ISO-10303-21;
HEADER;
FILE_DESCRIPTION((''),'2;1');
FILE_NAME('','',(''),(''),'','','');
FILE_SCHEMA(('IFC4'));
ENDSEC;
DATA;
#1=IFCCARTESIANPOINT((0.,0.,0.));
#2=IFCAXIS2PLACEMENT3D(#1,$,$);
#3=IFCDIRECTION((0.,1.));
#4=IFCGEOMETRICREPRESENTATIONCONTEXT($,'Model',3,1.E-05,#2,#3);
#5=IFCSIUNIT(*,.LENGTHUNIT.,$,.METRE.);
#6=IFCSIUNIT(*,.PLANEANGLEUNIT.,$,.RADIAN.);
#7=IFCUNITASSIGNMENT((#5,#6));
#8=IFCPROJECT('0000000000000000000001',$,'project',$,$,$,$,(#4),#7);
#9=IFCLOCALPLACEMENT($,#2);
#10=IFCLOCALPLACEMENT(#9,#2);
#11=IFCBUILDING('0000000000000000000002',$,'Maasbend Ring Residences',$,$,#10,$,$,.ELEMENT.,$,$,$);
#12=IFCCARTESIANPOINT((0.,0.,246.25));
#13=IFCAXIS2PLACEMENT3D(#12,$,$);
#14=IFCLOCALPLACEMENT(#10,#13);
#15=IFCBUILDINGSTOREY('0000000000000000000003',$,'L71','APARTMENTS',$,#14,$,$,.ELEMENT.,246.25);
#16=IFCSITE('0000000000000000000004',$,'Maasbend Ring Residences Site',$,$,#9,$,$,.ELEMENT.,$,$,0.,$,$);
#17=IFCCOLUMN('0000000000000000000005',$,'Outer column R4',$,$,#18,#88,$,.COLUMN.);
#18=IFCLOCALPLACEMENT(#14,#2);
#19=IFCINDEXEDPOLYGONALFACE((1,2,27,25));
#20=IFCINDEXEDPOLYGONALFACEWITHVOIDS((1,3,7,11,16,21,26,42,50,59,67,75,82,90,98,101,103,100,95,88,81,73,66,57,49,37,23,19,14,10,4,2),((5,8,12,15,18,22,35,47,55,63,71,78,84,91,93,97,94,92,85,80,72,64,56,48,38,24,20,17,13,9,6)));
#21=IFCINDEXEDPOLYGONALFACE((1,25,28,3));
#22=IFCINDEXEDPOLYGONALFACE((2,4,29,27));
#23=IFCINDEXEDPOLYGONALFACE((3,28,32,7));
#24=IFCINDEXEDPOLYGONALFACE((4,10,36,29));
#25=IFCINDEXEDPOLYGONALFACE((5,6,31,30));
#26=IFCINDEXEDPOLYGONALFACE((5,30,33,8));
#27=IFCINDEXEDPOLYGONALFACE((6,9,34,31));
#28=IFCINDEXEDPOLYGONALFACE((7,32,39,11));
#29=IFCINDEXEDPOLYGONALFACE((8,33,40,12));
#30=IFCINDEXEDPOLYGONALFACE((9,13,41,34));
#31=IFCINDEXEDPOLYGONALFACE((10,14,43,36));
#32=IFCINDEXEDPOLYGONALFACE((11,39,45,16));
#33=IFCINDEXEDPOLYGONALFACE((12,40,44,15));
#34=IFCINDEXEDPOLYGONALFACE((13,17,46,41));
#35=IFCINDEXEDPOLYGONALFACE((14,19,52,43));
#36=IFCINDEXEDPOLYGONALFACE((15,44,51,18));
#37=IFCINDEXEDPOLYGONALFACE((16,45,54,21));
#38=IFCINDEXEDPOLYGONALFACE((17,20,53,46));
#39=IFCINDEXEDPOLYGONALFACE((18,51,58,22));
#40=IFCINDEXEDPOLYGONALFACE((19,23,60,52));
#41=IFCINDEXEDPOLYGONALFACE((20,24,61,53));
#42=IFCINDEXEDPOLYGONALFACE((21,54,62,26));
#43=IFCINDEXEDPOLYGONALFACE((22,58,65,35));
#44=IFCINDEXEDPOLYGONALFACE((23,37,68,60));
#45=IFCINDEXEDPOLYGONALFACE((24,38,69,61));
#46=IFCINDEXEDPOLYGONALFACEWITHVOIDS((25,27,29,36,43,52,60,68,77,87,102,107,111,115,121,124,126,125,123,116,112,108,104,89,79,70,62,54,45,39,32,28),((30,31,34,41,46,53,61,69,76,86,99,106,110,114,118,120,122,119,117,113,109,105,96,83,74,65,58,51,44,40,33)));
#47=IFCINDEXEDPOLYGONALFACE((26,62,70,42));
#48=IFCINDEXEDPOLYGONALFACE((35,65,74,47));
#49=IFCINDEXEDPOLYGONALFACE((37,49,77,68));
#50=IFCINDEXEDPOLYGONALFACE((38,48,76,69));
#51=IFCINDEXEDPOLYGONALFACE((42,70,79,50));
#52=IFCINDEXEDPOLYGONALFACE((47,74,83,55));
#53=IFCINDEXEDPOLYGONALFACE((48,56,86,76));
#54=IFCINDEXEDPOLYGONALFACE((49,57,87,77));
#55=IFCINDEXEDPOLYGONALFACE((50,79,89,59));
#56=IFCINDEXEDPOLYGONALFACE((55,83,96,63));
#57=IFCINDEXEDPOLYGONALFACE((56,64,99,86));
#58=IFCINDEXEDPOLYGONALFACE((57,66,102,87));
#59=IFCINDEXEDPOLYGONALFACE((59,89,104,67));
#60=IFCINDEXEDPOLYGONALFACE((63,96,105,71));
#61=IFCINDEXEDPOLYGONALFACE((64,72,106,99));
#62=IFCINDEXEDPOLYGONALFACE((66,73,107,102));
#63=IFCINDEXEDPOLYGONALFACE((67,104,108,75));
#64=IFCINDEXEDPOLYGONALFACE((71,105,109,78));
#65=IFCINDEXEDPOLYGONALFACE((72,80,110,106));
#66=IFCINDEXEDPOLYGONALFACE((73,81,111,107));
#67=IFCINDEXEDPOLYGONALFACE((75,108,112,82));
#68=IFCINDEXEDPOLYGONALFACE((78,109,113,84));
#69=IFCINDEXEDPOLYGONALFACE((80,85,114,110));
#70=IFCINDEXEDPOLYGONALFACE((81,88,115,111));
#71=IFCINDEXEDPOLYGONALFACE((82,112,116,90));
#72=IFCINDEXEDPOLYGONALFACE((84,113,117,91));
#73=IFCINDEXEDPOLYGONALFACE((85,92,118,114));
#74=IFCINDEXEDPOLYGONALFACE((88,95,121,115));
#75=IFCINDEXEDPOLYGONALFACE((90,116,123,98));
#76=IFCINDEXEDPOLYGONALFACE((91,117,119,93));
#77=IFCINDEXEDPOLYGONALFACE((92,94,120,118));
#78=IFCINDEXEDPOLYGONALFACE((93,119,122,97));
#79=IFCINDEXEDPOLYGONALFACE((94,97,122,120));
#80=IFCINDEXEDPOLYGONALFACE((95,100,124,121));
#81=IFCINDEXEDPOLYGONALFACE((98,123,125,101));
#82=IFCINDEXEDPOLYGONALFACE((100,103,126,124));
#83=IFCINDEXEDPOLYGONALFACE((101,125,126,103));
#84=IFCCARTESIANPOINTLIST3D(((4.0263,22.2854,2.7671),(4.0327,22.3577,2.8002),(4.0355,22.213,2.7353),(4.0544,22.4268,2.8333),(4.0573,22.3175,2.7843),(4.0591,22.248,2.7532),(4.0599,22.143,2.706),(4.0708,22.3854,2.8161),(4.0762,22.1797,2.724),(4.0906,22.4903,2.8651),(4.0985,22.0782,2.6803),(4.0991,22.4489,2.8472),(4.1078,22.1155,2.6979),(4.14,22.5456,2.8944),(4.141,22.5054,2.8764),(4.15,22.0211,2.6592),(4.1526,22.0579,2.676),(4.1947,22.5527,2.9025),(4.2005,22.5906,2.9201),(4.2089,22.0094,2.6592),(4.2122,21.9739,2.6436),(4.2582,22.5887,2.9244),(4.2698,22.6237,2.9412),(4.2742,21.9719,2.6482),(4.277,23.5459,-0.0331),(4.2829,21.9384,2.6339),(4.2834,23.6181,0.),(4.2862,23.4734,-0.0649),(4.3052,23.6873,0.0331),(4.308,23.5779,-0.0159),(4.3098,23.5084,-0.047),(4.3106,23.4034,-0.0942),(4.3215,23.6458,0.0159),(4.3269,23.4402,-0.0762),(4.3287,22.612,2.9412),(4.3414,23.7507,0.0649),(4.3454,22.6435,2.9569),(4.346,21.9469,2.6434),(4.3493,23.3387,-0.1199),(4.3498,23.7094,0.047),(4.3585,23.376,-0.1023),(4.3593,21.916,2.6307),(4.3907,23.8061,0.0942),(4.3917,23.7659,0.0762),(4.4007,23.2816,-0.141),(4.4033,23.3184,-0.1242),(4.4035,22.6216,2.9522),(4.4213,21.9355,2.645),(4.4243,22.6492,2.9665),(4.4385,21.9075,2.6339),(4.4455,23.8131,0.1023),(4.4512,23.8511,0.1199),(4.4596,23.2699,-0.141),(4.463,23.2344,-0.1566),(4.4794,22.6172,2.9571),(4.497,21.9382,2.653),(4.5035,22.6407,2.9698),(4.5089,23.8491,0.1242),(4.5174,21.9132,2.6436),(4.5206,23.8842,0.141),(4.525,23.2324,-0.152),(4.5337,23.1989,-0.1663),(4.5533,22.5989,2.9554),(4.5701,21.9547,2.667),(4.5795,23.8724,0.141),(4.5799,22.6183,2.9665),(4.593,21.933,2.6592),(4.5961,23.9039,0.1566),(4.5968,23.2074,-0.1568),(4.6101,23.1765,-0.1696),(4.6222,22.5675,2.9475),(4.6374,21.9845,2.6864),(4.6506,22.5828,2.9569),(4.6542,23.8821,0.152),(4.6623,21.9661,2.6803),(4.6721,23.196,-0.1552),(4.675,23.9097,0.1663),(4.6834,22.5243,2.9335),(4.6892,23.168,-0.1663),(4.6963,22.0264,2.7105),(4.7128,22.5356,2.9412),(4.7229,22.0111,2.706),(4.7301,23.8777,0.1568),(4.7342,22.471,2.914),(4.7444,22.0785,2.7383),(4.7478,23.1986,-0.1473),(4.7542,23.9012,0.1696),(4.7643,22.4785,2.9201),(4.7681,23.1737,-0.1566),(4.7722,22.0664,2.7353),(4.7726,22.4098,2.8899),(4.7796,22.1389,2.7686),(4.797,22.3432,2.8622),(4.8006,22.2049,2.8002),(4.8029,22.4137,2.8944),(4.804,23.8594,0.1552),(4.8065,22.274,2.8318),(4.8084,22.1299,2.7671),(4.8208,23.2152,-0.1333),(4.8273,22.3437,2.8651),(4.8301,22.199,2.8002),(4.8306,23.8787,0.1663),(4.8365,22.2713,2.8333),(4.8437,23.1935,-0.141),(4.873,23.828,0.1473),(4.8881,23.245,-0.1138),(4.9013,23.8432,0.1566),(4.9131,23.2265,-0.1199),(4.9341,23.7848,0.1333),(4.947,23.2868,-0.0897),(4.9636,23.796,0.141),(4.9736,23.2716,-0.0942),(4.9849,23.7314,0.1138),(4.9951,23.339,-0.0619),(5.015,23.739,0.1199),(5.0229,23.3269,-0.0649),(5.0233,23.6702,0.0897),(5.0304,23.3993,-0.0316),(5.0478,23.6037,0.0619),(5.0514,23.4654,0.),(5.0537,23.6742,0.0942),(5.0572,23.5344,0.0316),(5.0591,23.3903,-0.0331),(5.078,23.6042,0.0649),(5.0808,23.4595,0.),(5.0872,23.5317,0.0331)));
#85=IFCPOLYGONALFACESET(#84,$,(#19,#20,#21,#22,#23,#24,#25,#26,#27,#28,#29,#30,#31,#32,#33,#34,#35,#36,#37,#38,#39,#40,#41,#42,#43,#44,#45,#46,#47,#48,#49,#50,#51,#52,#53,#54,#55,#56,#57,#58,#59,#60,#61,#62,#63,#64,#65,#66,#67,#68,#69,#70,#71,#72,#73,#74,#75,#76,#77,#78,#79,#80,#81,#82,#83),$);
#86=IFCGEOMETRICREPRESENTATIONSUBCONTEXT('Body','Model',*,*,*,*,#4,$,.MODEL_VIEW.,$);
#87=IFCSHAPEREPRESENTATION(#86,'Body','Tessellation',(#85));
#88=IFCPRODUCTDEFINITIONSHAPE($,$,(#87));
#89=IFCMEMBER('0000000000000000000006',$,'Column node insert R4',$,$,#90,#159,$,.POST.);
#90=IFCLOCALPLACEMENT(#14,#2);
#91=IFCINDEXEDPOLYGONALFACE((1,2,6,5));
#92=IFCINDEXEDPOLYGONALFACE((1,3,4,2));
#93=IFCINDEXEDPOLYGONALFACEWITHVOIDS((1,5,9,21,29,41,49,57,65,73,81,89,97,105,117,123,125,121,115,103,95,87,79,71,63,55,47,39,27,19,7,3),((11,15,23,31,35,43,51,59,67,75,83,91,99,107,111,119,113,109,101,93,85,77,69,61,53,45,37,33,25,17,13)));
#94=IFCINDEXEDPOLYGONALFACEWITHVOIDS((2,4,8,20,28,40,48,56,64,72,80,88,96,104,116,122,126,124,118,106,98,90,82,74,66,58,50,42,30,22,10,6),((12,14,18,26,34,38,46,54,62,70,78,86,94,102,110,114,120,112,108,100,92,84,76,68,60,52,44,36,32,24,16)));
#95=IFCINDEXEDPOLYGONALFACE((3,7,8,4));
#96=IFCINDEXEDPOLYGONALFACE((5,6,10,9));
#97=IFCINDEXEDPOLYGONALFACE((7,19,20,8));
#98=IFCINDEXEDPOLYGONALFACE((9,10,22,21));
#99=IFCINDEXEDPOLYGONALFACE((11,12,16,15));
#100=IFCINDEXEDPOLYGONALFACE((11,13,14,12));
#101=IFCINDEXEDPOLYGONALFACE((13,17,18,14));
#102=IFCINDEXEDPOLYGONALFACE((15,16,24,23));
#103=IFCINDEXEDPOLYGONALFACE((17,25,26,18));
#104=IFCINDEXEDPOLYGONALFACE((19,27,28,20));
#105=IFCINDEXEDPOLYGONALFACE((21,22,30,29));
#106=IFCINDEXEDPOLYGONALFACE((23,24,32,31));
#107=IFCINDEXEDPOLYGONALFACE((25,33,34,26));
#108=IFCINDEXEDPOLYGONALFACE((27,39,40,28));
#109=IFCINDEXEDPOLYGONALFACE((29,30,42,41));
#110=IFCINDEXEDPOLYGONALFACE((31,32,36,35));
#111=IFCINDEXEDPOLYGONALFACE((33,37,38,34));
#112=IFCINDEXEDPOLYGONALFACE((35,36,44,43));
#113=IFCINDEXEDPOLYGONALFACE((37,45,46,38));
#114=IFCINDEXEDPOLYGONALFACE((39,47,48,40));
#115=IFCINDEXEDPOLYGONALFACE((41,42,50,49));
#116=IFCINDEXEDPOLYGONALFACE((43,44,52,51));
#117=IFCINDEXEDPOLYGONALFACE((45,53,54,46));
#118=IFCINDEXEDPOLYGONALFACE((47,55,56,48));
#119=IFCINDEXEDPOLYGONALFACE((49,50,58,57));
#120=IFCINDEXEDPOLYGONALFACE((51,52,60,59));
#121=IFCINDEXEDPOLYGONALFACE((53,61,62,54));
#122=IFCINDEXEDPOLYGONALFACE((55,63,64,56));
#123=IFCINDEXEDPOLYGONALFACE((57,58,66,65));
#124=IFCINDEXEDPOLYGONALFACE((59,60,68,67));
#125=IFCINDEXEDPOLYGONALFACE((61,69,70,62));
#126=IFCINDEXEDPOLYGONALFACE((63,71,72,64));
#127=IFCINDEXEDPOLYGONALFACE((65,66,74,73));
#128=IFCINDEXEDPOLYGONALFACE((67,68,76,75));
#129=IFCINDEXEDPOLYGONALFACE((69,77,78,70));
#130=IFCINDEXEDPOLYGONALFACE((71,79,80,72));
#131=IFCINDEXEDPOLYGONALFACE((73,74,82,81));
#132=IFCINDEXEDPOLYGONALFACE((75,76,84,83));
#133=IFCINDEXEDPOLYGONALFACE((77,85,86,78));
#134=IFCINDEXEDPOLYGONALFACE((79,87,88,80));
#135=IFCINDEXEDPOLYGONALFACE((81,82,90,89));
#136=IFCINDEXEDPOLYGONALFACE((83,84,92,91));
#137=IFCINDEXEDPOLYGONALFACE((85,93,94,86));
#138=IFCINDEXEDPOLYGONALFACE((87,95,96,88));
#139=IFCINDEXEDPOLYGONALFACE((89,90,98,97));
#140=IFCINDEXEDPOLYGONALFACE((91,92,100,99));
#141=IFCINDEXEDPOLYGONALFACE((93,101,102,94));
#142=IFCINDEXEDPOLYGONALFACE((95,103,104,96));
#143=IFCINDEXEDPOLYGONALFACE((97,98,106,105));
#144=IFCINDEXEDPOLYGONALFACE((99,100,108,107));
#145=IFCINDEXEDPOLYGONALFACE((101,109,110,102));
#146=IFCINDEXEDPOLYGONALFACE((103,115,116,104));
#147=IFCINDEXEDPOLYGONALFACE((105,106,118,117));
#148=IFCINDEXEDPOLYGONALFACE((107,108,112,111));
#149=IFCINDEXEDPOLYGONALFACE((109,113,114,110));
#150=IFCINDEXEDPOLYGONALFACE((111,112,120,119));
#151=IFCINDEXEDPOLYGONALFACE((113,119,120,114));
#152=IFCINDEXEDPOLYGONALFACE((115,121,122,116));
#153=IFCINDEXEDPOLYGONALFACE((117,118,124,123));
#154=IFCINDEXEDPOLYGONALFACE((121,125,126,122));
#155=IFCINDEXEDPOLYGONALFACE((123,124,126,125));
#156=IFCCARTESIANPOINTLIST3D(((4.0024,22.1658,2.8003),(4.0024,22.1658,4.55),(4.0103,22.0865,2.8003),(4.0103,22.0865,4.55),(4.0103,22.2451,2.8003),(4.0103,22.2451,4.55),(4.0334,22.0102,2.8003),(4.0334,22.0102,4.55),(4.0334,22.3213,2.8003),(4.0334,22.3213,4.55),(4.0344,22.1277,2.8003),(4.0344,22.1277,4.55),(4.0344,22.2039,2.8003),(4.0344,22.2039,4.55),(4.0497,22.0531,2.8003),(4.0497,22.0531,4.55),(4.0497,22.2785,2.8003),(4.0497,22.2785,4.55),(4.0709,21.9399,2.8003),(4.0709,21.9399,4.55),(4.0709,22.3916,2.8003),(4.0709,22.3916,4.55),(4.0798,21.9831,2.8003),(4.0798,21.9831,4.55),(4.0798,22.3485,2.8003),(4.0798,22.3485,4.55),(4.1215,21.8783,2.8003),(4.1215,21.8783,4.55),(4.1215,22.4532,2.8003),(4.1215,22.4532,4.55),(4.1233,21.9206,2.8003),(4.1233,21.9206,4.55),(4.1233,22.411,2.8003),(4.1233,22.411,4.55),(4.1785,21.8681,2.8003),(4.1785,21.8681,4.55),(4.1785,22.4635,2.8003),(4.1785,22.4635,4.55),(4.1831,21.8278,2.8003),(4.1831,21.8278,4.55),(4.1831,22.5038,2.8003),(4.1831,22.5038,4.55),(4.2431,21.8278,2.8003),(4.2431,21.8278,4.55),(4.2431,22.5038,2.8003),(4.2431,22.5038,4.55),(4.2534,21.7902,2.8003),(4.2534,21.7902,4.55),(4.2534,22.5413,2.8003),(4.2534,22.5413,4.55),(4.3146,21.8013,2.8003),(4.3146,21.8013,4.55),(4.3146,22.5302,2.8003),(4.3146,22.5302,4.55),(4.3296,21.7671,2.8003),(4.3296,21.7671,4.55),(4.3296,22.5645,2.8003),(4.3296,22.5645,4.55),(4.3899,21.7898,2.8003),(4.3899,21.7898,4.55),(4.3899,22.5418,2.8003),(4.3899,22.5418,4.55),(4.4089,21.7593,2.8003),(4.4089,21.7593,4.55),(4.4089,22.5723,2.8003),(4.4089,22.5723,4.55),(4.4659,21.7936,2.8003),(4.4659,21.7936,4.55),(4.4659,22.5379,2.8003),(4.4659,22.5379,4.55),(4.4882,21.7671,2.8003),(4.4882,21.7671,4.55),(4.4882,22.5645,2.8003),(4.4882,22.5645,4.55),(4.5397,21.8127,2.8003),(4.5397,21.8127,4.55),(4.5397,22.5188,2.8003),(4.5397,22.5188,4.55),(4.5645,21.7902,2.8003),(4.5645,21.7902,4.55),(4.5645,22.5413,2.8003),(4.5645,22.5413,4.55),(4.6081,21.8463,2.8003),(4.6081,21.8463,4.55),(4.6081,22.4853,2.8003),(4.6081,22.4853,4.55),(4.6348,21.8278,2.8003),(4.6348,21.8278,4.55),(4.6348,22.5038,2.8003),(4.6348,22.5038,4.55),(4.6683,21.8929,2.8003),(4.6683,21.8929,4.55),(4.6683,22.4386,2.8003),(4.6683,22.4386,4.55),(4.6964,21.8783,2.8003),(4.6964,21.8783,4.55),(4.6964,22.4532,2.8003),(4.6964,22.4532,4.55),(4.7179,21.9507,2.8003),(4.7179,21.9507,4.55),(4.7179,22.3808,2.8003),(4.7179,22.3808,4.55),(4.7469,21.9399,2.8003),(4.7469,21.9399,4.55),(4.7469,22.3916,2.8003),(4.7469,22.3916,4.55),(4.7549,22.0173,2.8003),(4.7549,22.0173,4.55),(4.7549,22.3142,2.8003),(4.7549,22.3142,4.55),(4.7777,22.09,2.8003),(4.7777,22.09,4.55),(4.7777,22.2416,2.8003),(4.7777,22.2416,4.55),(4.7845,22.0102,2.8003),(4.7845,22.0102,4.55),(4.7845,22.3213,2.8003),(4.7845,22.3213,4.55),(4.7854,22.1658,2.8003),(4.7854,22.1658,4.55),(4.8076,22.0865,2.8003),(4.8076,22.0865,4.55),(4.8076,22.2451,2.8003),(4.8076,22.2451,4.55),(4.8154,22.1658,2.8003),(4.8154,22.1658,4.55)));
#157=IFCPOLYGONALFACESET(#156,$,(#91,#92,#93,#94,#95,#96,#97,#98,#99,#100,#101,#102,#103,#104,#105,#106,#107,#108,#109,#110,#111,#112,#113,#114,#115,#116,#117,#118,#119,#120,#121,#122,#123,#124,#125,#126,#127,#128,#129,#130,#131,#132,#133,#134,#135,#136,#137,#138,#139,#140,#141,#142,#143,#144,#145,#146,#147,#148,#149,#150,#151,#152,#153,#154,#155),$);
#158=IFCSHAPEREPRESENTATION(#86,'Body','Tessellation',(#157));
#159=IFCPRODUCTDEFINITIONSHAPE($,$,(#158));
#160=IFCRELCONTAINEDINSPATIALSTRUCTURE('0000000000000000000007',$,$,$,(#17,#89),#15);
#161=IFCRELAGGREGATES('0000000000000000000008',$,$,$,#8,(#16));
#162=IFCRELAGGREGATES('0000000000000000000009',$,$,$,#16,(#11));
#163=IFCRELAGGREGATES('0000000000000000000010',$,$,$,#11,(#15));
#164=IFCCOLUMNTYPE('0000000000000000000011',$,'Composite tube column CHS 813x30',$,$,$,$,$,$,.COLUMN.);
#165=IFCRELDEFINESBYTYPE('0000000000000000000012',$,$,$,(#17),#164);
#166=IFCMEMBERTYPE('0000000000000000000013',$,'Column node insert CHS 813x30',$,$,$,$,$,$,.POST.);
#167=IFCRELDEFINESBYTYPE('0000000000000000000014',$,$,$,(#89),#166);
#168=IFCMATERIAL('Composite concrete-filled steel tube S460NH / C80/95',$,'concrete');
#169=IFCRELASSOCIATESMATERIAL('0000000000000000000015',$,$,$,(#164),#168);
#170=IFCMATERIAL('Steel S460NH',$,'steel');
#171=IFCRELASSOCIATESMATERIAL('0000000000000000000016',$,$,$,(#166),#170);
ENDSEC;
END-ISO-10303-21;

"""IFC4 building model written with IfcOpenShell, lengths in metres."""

from ifc_helpers import new_model, si_unit, direction, frame, origin, origin_2d, place, context, subcontext, project, spatial, hollow_circle, extrude, material, material_profile, profile_set, type_object, element, save


model = new_model("IFC4")

# Units and contexts
model_context = context("Model", 3, precision=1e-05, world=origin(), true_north=direction((0.0, 1.0)))
body_context = subcontext(model_context, "Body", "Model", "MODEL_VIEW")
ifc_project = project(units=[si_unit("LENGTHUNIT", "METRE"), si_unit("PLANEANGLEUNIT", "RADIAN")], contexts=[model_context])

# Site, building, storey
site_placement = place(None, origin())
site = spatial("IfcSite", under=ifc_project, at=site_placement, Name="Maasbend Ring Residences Site", CompositionType="ELEMENT", RefElevation=0.0)
building_placement = place(site_placement, origin())
building = spatial("IfcBuilding", under=site, at=building_placement, Name="Maasbend Ring Residences", CompositionType="ELEMENT")
storey_placement = place(building_placement, frame((0.0, 0.0, 246.25)))
storey = spatial("IfcBuildingStorey", under=building, at=storey_placement, Name="L71", Description="APARTMENTS", CompositionType="ELEMENT", Elevation=246.25)

# Column
ifc_material_1 = material(Name="Composite concrete-filled steel tube S460NH / C80/95", Category="concrete")
ifc_material_profile_1 = material_profile(ifc_material_1, hollow_circle(Radius=0.4065, WallThickness=0.03, at=origin_2d()), Name="Composite tube column CHS 813x30")
ifc_profile_set_1 = profile_set([ifc_material_profile_1], Name="Composite concrete-filled steel tube S460NH / C80/95")
column_type = type_object("IfcColumnType", Name="Composite tube column CHS 813x30", PredefinedType="COLUMN", material=ifc_profile_set_1)
column_placement = place(storey_placement, frame((4.6821, 23.5388, 0.0), z_axis=(-0.081377, -0.409103, 0.908853), x_axis=(0.980785, -0.195093, 0.0)))
element("IfcColumn", 1, at=column_placement, inside=storey, type_object=column_type, Name="Outer column R4", PredefinedType="COLUMN", context=body_context, shape_type="SweptSolid", body=[
    extrude(hollow_circle(Radius=0.4065, WallThickness=0.03, at=origin_2d()), origin(), (0.0, 0.0, 1.0), 3.0811),
])

# Member
ifc_material_2 = material(Name="Steel S460NH", Category="steel")
ifc_material_profile_2 = material_profile(ifc_material_2, hollow_circle(Radius=0.4065, WallThickness=0.03, at=origin_2d()), Name="Column node insert CHS 813x30")
ifc_profile_set_2 = profile_set([ifc_material_profile_2], Name="Steel S460NH")
member_type = type_object("IfcMemberType", Name="Column node insert CHS 813x30", PredefinedType="POST", material=ifc_profile_set_2)
member_placement = place(storey_placement, frame((4.4089, 22.1658, 2.8003), z_axis=(0.0, 0.0, 1.0), x_axis=(1.0, 0.0, 0.0)))
element("IfcMember", 2, at=member_placement, inside=storey, type_object=member_type, Name="Column node insert R4", PredefinedType="POST", context=body_context, shape_type="SweptSolid", body=[
    extrude(hollow_circle(Radius=0.4065, WallThickness=0.03, at=origin_2d()), origin(), (0.0, 0.0, 1.0), 1.7498),
])

save(model, "model.ifc")
